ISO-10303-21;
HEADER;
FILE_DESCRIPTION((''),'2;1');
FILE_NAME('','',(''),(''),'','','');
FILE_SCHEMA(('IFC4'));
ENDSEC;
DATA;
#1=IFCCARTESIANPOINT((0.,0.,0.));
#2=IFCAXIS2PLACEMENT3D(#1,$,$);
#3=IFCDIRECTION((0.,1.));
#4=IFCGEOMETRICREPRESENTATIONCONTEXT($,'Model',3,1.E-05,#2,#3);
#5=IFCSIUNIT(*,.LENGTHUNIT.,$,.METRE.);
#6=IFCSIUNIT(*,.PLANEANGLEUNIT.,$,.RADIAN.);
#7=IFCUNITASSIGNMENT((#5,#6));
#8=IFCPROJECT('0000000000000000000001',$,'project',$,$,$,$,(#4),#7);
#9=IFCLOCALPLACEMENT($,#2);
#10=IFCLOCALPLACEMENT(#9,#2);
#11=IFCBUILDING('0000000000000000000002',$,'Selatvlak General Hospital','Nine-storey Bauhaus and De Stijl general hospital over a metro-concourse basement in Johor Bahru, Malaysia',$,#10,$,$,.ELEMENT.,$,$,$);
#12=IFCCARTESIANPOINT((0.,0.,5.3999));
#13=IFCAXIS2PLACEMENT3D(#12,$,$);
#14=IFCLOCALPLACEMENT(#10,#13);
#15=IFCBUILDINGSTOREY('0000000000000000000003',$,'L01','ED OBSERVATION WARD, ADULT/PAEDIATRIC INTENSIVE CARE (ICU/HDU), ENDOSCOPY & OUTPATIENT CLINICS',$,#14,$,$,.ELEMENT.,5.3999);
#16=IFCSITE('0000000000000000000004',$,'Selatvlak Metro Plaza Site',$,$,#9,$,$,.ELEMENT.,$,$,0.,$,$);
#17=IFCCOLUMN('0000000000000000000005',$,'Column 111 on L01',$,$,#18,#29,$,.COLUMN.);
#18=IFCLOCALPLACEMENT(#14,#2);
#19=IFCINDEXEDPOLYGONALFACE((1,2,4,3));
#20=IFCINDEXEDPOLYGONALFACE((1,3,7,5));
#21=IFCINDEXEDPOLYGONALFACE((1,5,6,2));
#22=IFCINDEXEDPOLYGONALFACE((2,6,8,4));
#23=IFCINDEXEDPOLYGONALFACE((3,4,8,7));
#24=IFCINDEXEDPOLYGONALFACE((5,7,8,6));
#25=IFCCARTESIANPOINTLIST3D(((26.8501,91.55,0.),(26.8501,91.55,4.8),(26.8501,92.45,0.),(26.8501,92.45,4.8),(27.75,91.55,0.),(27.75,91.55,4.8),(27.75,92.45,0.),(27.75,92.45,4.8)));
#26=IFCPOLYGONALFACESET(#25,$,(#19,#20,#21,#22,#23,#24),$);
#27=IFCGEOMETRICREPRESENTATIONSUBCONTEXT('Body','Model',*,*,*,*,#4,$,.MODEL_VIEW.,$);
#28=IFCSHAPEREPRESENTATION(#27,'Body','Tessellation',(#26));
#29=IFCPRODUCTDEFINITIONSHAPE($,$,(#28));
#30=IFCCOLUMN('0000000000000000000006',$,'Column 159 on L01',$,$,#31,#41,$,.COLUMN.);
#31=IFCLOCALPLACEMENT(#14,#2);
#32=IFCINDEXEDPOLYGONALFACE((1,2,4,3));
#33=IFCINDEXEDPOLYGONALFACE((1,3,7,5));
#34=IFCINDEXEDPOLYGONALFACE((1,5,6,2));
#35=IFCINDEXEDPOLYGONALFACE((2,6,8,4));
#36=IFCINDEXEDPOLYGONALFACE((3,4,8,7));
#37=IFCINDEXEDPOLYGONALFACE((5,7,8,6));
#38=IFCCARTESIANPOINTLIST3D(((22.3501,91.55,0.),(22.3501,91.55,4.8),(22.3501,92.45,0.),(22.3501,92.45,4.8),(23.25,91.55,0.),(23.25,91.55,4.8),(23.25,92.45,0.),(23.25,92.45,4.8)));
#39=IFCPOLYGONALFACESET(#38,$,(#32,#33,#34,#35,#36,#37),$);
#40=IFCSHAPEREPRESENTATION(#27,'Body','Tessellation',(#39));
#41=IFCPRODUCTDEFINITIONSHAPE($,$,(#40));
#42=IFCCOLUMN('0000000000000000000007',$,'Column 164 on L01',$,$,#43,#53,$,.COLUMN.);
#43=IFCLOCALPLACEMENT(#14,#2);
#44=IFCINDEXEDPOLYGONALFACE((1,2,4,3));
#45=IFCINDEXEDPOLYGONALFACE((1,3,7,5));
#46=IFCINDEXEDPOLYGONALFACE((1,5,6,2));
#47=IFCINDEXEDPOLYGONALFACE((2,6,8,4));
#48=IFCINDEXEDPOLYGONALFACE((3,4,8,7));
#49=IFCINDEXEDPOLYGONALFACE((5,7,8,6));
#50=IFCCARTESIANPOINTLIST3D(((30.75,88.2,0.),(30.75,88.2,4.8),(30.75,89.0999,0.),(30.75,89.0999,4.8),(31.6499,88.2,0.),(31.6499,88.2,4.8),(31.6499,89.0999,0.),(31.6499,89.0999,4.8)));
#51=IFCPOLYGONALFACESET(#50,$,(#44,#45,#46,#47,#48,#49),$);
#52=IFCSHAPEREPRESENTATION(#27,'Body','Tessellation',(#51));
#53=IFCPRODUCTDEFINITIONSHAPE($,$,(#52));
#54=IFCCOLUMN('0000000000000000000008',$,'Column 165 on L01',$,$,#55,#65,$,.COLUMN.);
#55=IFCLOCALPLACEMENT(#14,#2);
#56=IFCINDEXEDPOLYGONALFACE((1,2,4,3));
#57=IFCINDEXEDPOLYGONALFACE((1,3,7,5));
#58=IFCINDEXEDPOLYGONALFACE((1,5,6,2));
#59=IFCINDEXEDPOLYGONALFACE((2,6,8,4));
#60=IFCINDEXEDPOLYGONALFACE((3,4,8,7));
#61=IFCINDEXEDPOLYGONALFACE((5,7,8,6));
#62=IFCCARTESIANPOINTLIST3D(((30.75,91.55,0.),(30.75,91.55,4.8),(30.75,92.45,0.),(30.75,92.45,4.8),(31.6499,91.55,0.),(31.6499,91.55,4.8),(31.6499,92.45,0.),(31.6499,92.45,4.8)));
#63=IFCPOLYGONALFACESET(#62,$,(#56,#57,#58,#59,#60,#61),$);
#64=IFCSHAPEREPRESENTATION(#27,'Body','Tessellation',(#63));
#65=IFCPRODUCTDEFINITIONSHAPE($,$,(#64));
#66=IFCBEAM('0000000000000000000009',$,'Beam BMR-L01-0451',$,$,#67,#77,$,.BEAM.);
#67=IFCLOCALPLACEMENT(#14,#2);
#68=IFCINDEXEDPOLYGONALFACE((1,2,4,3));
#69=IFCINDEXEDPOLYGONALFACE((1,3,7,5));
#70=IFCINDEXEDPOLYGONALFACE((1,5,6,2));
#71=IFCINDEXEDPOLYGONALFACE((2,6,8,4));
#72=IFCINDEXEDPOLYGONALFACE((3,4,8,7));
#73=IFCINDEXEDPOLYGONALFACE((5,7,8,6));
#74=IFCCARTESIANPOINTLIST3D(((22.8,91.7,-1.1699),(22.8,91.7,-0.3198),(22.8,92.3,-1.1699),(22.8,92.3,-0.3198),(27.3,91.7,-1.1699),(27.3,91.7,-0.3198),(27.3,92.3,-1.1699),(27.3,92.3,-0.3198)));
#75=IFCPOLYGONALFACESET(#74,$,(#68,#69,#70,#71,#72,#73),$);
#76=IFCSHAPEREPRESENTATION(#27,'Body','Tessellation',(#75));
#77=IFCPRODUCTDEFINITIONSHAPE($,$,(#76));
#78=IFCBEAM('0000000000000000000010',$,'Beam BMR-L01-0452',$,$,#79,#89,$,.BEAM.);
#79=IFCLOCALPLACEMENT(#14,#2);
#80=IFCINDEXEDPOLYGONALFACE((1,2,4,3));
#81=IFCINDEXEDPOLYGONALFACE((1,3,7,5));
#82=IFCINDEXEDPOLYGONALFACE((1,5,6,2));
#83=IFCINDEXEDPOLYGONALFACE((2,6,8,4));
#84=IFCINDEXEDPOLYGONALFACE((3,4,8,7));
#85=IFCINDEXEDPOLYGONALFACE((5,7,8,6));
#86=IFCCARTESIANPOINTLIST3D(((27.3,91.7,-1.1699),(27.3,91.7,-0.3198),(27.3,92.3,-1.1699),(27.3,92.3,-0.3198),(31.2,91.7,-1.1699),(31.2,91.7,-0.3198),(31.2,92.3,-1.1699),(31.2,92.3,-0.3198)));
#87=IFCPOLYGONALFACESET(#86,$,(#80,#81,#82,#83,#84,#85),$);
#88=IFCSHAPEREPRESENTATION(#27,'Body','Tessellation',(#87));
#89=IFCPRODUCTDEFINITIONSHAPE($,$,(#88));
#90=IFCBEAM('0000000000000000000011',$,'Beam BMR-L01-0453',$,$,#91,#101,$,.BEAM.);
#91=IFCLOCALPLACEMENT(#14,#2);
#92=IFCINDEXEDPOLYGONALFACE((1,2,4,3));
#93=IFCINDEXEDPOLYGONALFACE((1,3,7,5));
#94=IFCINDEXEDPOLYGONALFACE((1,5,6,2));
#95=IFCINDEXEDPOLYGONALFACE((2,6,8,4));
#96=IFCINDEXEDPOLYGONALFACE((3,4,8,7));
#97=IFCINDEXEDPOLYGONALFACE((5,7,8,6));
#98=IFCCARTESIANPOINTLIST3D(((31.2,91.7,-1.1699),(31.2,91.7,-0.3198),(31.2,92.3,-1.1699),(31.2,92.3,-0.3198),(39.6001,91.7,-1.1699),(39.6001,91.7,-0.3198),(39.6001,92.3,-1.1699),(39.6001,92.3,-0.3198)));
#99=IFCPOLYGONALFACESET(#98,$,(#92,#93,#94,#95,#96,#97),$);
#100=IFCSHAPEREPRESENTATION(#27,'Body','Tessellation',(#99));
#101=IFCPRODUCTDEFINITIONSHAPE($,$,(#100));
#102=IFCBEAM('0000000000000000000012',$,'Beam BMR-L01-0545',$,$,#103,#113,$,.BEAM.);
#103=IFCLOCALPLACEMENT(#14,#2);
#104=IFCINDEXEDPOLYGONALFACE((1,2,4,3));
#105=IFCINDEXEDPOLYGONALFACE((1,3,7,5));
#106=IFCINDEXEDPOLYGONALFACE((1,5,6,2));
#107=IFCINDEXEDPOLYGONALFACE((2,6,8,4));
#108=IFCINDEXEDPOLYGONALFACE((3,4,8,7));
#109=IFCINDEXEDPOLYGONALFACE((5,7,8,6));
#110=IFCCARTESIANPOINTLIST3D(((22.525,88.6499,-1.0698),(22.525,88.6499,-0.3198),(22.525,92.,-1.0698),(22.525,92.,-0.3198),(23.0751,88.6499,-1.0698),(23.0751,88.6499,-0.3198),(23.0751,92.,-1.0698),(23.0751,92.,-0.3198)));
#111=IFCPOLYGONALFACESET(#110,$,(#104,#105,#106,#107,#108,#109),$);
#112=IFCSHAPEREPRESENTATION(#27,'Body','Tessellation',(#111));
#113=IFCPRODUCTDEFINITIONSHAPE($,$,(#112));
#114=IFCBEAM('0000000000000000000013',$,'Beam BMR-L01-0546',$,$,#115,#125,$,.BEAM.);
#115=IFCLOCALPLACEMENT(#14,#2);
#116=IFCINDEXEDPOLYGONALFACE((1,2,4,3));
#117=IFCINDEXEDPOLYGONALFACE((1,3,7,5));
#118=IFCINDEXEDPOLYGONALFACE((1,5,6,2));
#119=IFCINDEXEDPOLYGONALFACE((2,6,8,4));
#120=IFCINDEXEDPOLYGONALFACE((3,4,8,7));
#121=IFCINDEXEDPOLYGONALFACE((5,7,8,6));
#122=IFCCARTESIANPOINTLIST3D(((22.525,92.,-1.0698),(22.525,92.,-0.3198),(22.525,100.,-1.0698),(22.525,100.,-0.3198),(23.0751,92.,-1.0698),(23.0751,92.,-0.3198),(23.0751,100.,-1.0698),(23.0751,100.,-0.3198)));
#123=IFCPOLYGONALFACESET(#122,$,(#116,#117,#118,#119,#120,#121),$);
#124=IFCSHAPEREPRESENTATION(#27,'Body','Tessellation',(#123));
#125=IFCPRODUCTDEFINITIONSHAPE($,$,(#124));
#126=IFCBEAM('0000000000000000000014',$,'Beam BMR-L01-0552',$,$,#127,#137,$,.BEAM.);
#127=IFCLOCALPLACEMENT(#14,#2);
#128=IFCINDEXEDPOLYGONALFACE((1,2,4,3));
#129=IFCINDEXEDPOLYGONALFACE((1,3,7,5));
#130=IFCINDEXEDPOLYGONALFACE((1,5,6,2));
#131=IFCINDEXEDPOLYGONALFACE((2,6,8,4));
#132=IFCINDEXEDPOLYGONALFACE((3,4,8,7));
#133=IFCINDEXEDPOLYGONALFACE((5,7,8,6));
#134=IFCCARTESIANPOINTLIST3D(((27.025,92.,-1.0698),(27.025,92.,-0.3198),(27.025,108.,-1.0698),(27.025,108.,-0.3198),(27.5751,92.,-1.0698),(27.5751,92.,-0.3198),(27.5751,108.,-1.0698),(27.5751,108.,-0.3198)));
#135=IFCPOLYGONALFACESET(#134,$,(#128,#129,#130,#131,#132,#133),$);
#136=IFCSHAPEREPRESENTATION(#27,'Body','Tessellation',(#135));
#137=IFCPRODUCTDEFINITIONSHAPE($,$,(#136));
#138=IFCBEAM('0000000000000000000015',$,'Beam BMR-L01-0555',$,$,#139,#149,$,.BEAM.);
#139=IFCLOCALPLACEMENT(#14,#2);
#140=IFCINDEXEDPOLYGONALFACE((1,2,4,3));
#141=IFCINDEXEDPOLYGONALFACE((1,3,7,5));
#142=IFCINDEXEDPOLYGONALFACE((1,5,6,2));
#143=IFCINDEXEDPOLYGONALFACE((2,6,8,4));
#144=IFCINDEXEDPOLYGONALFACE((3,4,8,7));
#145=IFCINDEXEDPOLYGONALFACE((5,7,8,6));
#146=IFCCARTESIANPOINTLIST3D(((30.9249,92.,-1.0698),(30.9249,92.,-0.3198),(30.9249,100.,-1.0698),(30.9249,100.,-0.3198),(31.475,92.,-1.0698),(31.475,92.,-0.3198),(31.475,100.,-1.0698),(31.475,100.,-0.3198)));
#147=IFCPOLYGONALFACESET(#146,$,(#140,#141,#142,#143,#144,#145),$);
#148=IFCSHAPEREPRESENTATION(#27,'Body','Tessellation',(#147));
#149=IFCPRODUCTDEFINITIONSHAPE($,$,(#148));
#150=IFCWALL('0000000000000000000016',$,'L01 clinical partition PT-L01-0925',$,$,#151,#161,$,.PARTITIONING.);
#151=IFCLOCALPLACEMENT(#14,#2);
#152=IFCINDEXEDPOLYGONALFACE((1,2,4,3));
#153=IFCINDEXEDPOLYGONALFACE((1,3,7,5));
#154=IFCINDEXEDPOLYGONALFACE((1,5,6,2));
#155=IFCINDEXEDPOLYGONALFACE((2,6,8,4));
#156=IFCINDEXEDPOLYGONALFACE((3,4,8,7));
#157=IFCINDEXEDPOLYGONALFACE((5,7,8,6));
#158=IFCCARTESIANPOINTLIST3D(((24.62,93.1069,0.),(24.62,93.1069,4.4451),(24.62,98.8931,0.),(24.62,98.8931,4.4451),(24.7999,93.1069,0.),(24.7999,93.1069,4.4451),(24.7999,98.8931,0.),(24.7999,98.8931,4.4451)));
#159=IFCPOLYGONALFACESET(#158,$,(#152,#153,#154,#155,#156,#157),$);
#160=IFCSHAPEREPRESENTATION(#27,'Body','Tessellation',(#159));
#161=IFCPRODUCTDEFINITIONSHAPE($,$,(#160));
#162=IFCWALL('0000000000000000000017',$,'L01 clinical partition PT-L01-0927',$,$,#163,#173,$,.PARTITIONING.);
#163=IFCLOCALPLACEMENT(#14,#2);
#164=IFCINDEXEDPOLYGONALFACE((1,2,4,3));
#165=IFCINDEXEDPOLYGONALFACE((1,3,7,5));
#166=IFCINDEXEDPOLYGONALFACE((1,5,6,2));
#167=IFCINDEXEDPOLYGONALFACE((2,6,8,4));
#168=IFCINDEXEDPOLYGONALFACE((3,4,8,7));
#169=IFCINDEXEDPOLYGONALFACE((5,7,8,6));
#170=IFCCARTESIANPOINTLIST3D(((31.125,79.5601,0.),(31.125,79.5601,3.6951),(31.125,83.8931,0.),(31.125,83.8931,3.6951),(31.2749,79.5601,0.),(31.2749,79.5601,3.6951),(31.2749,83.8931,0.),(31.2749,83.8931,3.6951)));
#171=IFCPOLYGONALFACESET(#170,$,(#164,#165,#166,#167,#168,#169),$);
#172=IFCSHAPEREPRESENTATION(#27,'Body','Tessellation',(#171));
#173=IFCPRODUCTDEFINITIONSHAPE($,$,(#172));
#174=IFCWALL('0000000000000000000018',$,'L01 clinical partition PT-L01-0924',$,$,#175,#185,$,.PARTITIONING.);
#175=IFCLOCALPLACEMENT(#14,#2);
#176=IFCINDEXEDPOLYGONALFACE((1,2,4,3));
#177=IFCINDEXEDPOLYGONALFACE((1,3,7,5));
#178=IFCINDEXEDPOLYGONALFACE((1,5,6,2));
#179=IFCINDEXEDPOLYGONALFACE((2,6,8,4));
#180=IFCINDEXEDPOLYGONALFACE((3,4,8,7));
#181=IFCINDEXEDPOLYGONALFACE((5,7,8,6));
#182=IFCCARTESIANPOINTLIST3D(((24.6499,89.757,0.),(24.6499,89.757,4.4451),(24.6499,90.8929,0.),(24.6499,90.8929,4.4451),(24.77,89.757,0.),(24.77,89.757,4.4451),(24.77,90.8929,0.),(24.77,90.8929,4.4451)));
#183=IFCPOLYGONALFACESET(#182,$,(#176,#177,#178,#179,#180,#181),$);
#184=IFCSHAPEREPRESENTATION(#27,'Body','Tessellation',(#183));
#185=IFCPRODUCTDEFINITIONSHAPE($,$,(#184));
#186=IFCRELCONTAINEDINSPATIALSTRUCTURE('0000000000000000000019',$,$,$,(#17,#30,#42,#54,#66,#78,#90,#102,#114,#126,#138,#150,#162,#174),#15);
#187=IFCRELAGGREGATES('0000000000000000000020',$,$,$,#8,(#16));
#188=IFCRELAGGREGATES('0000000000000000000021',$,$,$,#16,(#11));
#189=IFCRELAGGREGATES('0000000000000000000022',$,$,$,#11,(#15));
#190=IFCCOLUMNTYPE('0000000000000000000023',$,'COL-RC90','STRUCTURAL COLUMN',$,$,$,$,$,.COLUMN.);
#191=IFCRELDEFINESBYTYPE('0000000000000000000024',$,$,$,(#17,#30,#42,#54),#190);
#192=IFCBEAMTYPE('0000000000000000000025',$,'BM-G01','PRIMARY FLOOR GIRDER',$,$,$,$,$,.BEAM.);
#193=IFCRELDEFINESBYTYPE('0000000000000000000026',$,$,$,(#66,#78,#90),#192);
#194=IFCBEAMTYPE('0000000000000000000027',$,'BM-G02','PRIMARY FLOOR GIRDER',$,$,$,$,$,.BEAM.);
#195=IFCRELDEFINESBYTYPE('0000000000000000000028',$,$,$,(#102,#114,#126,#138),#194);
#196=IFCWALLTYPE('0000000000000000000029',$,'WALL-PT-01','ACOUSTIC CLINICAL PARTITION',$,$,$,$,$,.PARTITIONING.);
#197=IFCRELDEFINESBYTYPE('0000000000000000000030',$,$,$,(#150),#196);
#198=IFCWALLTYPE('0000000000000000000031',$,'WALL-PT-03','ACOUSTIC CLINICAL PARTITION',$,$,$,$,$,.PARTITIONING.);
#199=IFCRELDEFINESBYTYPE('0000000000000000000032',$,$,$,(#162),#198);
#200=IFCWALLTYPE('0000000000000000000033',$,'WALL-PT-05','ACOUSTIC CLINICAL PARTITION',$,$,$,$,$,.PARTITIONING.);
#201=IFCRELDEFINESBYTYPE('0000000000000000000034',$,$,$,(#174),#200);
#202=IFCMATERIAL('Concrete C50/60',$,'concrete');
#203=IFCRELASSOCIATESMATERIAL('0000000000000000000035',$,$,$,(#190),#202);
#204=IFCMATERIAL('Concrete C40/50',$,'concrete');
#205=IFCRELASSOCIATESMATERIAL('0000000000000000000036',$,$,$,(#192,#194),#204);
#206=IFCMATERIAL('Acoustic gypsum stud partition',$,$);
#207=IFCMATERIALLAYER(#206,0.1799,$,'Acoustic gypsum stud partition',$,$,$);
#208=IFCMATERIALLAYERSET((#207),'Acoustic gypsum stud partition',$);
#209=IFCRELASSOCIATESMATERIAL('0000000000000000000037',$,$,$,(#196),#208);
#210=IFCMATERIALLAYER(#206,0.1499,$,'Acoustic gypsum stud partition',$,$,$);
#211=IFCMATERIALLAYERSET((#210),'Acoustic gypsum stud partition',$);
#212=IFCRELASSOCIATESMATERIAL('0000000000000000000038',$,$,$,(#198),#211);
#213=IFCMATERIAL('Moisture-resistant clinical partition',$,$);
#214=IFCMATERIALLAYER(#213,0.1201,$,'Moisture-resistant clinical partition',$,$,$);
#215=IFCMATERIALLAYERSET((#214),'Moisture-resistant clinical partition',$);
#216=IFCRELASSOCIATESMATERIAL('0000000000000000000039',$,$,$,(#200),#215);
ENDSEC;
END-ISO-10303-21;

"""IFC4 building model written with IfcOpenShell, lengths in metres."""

from ifc_helpers import new_model, si_unit, direction, frame, frame_2d, origin, origin_2d, place, context, subcontext, project, spatial, rectangle, extrude, material, layer, layer_set, material_profile, profile_set, type_object, element, save


model = new_model("IFC4")

# Units and contexts
model_context = context("Model", 3, precision=1e-05, world=origin(), true_north=direction((0.0, 1.0)))
body_context = subcontext(model_context, "Body", "Model", "MODEL_VIEW")
ifc_project = project(units=[si_unit("LENGTHUNIT", "METRE"), si_unit("PLANEANGLEUNIT", "RADIAN")], contexts=[model_context])

# Site, building, storey
site_placement = place(None, origin())
site = spatial("IfcSite", under=ifc_project, at=site_placement, Name="Selatvlak Metro Plaza Site", CompositionType="ELEMENT", RefElevation=0.0)
building_placement = place(site_placement, origin())
building = spatial("IfcBuilding", under=site, at=building_placement, Name="Selatvlak General Hospital", Description="Nine-storey Bauhaus and De Stijl general hospital over a metro-concourse basement in Johor Bahru, Malaysia", CompositionType="ELEMENT")
storey_placement = place(building_placement, frame((0.0, 0.0, 5.3999)))
storey = spatial("IfcBuildingStorey", under=building, at=storey_placement, Name="L01", Description="ED OBSERVATION WARD, ADULT/PAEDIATRIC INTENSIVE CARE (ICU/HDU), ENDOSCOPY & OUTPATIENT CLINICS", CompositionType="ELEMENT", Elevation=5.3999)

# Columns
ifc_material_1 = material(Name="Concrete C50/60", Category="concrete")
ifc_material_profile_1 = material_profile(ifc_material_1, rectangle(XDim=0.8999, YDim=0.8999, at=origin_2d()), Name="RC-COL 900x900")
ifc_profile_set_1 = profile_set([ifc_material_profile_1], Name="Concrete C50/60")
column_type = type_object("IfcColumnType", Name="COL-RC90", Description="STRUCTURAL COLUMN", PredefinedType="COLUMN", material=ifc_profile_set_1)
for number, where, z_axis, x_axis, name in (
    (1, (27.3, 92.0, 0.0), (0.0, 0.0, 1.0), (1.0, 0.0, 0.0), "Column 111 on L01"),
    (2, (22.8, 92.0, 0.0), (0.0, 0.0, 1.0), (1.0, 0.0, 0.0), "Column 159 on L01"),
    (3, (31.2, 88.6499, 0.0), (0.0, 0.0, 1.0), (1.0, 0.0, 0.0), "Column 164 on L01"),
    (4, (31.2, 92.0, 0.0), (0.0, 0.0, 1.0), (1.0, 0.0, 0.0), "Column 165 on L01"),
):
    element("IfcColumn", number, at=place(storey_placement, frame(where, z_axis=z_axis, x_axis=x_axis)), inside=storey, type_object=column_type, Name=name, PredefinedType="COLUMN", context=body_context, shape_type="SweptSolid", body=[
        extrude(rectangle(XDim=0.8999, YDim=0.8999, at=origin_2d()), origin(), (0.0, 0.0, 1.0), 4.8),
    ])

# Beams
ifc_material_2 = material(Name="Concrete C40/50", Category="concrete")
ifc_material_profile_2 = material_profile(ifc_material_2, rectangle(XDim=0.6001, YDim=0.8501, at=origin_2d()), Name="RC-BM 600x850")
ifc_profile_set_2 = profile_set([ifc_material_profile_2], Name="Concrete C40/50")
beam_type_1 = type_object("IfcBeamType", Name="BM-G01", Description="PRIMARY FLOOR GIRDER", PredefinedType="BEAM", material=ifc_profile_set_2)
beam_1_placement = place(storey_placement, frame((22.8, 92.0, -0.7449), z_axis=(1.0, 0.0, 0.0), x_axis=(0.0, 1.0, 0.0)))
element("IfcBeam", 5, at=beam_1_placement, inside=storey, type_object=beam_type_1, Name="Beam BMR-L01-0451", PredefinedType="BEAM", context=body_context, shape_type="SweptSolid", body=[
    extrude(rectangle(XDim=0.6001, YDim=0.8501, at=origin_2d()), origin(), (0.0, 0.0, 1.0), 4.5),
])
beam_2_placement = place(storey_placement, frame((27.3, 92.0, -0.7449), z_axis=(1.0, 0.0, 0.0), x_axis=(0.0, 1.0, 0.0)))
element("IfcBeam", 6, at=beam_2_placement, inside=storey, type_object=beam_type_1, Name="Beam BMR-L01-0452", PredefinedType="BEAM", context=body_context, shape_type="SweptSolid", body=[
    extrude(rectangle(XDim=0.6001, YDim=0.8501, at=origin_2d()), origin(), (0.0, 0.0, 1.0), 3.8999),
])
beam_3_placement = place(storey_placement, frame((31.2, 92.0, -0.7449), z_axis=(1.0, 0.0, 0.0), x_axis=(0.0, 1.0, 0.0)))
element("IfcBeam", 7, at=beam_3_placement, inside=storey, type_object=beam_type_1, Name="Beam BMR-L01-0453", PredefinedType="BEAM", context=body_context, shape_type="SweptSolid", body=[
    extrude(rectangle(XDim=0.6001, YDim=0.8501, at=origin_2d()), origin(), (0.0, 0.0, 1.0), 8.4001),
])
ifc_material_profile_3 = material_profile(ifc_material_2, rectangle(XDim=0.55, YDim=0.75, at=origin_2d()), Name="RC-BM 550x750")
ifc_profile_set_3 = profile_set([ifc_material_profile_3], Name="Concrete C40/50")
beam_type_2 = type_object("IfcBeamType", Name="BM-G02", Description="PRIMARY FLOOR GIRDER", PredefinedType="BEAM", material=ifc_profile_set_3)
beam_4_placement = place(storey_placement, frame((22.8, 88.6499, -0.6948), z_axis=(0.0, 1.0, 0.0), x_axis=(-1.0, 0.0, 0.0)))
element("IfcBeam", 8, at=beam_4_placement, inside=storey, type_object=beam_type_2, Name="Beam BMR-L01-0545", PredefinedType="BEAM", context=body_context, shape_type="SweptSolid", body=[
    extrude(rectangle(XDim=0.55, YDim=0.75, at=origin_2d()), origin(), (0.0, 0.0, 1.0), 3.3501),
])
beam_5_placement = place(storey_placement, frame((22.8, 92.0, -0.6948), z_axis=(0.0, 1.0, 0.0), x_axis=(-1.0, 0.0, 0.0)))
element("IfcBeam", 9, at=beam_5_placement, inside=storey, type_object=beam_type_2, Name="Beam BMR-L01-0546", PredefinedType="BEAM", context=body_context, shape_type="SweptSolid", body=[
    extrude(rectangle(XDim=0.55, YDim=0.75, at=origin_2d()), origin(), (0.0, 0.0, 1.0), 8.0),
])
beam_6_placement = place(storey_placement, frame((27.3, 92.0, -0.6948), z_axis=(0.0, 1.0, 0.0), x_axis=(-1.0, 0.0, 0.0)))
element("IfcBeam", 10, at=beam_6_placement, inside=storey, type_object=beam_type_2, Name="Beam BMR-L01-0552", PredefinedType="BEAM", context=body_context, shape_type="SweptSolid", body=[
    extrude(rectangle(XDim=0.55, YDim=0.75, at=origin_2d()), origin(), (0.0, 0.0, 1.0), 16.0),
])
beam_7_placement = place(storey_placement, frame((31.2, 92.0, -0.6948), z_axis=(0.0, 1.0, 0.0), x_axis=(-1.0, 0.0, 0.0)))
element("IfcBeam", 11, at=beam_7_placement, inside=storey, type_object=beam_type_2, Name="Beam BMR-L01-0555", PredefinedType="BEAM", context=body_context, shape_type="SweptSolid", body=[
    extrude(rectangle(XDim=0.55, YDim=0.75, at=origin_2d()), origin(), (0.0, 0.0, 1.0), 8.0),
])

# Walls
ifc_material_3 = material(Name="Acoustic gypsum stud partition")
ifc_layer_1 = layer(ifc_material_3, 0.1799, Name="Acoustic gypsum stud partition")
ifc_layer_set_1 = layer_set([ifc_layer_1], Name="Acoustic gypsum stud partition")
wall_type_1 = type_object("IfcWallType", Name="WALL-PT-01", Description="ACOUSTIC CLINICAL PARTITION", PredefinedType="PARTITIONING", material=ifc_layer_set_1)
wall_1_placement = place(storey_placement, frame((24.71, 93.1069, 0.0), z_axis=(0.0, 0.0, 1.0), x_axis=(0.0, 1.0, 0.0)))
element("IfcWall", 12, at=wall_1_placement, inside=storey, type_object=wall_type_1, Name="L01 clinical partition PT-L01-0925", PredefinedType="PARTITIONING", context=body_context, shape_type="SweptSolid", body=[
    extrude(rectangle(XDim=5.7861, YDim=0.1799, at=frame_2d((2.8931, 0.0))), origin(), (0.0, 0.0, 1.0), 4.4451),
])
ifc_layer_2 = layer(ifc_material_3, 0.1499, Name="Acoustic gypsum stud partition")
ifc_layer_set_2 = layer_set([ifc_layer_2], Name="Acoustic gypsum stud partition")
wall_type_2 = type_object("IfcWallType", Name="WALL-PT-03", Description="ACOUSTIC CLINICAL PARTITION", PredefinedType="PARTITIONING", material=ifc_layer_set_2)
wall_2_placement = place(storey_placement, frame((31.2, 83.8931, 0.0), z_axis=(0.0, 0.0, 1.0), x_axis=(0.0, -1.0, 0.0)))
element("IfcWall", 13, at=wall_2_placement, inside=storey, type_object=wall_type_2, Name="L01 clinical partition PT-L01-0927", PredefinedType="PARTITIONING", context=body_context, shape_type="SweptSolid", body=[
    extrude(rectangle(XDim=4.333, YDim=0.1499, at=frame_2d((2.1665, 0.0))), origin(), (0.0, 0.0, 1.0), 3.6951),
])
ifc_material_4 = material(Name="Moisture-resistant clinical partition")
ifc_layer_3 = layer(ifc_material_4, 0.1201, Name="Moisture-resistant clinical partition")
ifc_layer_set_3 = layer_set([ifc_layer_3], Name="Moisture-resistant clinical partition")
wall_type_3 = type_object("IfcWallType", Name="WALL-PT-05", Description="ACOUSTIC CLINICAL PARTITION", PredefinedType="PARTITIONING", material=ifc_layer_set_3)
wall_3_placement = place(storey_placement, frame((24.71, 89.7571, 0.0), z_axis=(0.0, 0.0, 1.0), x_axis=(0.0, 1.0, 0.0)))
element("IfcWall", 14, at=wall_3_placement, inside=storey, type_object=wall_type_3, Name="L01 clinical partition PT-L01-0924", PredefinedType="PARTITIONING", context=body_context, shape_type="SweptSolid", body=[
    extrude(rectangle(XDim=1.136, YDim=0.1201, at=frame_2d((0.5679, 0.0))), origin(), (0.0, 0.0, 1.0), 4.4451),
])

save(model, "model.ifc")
